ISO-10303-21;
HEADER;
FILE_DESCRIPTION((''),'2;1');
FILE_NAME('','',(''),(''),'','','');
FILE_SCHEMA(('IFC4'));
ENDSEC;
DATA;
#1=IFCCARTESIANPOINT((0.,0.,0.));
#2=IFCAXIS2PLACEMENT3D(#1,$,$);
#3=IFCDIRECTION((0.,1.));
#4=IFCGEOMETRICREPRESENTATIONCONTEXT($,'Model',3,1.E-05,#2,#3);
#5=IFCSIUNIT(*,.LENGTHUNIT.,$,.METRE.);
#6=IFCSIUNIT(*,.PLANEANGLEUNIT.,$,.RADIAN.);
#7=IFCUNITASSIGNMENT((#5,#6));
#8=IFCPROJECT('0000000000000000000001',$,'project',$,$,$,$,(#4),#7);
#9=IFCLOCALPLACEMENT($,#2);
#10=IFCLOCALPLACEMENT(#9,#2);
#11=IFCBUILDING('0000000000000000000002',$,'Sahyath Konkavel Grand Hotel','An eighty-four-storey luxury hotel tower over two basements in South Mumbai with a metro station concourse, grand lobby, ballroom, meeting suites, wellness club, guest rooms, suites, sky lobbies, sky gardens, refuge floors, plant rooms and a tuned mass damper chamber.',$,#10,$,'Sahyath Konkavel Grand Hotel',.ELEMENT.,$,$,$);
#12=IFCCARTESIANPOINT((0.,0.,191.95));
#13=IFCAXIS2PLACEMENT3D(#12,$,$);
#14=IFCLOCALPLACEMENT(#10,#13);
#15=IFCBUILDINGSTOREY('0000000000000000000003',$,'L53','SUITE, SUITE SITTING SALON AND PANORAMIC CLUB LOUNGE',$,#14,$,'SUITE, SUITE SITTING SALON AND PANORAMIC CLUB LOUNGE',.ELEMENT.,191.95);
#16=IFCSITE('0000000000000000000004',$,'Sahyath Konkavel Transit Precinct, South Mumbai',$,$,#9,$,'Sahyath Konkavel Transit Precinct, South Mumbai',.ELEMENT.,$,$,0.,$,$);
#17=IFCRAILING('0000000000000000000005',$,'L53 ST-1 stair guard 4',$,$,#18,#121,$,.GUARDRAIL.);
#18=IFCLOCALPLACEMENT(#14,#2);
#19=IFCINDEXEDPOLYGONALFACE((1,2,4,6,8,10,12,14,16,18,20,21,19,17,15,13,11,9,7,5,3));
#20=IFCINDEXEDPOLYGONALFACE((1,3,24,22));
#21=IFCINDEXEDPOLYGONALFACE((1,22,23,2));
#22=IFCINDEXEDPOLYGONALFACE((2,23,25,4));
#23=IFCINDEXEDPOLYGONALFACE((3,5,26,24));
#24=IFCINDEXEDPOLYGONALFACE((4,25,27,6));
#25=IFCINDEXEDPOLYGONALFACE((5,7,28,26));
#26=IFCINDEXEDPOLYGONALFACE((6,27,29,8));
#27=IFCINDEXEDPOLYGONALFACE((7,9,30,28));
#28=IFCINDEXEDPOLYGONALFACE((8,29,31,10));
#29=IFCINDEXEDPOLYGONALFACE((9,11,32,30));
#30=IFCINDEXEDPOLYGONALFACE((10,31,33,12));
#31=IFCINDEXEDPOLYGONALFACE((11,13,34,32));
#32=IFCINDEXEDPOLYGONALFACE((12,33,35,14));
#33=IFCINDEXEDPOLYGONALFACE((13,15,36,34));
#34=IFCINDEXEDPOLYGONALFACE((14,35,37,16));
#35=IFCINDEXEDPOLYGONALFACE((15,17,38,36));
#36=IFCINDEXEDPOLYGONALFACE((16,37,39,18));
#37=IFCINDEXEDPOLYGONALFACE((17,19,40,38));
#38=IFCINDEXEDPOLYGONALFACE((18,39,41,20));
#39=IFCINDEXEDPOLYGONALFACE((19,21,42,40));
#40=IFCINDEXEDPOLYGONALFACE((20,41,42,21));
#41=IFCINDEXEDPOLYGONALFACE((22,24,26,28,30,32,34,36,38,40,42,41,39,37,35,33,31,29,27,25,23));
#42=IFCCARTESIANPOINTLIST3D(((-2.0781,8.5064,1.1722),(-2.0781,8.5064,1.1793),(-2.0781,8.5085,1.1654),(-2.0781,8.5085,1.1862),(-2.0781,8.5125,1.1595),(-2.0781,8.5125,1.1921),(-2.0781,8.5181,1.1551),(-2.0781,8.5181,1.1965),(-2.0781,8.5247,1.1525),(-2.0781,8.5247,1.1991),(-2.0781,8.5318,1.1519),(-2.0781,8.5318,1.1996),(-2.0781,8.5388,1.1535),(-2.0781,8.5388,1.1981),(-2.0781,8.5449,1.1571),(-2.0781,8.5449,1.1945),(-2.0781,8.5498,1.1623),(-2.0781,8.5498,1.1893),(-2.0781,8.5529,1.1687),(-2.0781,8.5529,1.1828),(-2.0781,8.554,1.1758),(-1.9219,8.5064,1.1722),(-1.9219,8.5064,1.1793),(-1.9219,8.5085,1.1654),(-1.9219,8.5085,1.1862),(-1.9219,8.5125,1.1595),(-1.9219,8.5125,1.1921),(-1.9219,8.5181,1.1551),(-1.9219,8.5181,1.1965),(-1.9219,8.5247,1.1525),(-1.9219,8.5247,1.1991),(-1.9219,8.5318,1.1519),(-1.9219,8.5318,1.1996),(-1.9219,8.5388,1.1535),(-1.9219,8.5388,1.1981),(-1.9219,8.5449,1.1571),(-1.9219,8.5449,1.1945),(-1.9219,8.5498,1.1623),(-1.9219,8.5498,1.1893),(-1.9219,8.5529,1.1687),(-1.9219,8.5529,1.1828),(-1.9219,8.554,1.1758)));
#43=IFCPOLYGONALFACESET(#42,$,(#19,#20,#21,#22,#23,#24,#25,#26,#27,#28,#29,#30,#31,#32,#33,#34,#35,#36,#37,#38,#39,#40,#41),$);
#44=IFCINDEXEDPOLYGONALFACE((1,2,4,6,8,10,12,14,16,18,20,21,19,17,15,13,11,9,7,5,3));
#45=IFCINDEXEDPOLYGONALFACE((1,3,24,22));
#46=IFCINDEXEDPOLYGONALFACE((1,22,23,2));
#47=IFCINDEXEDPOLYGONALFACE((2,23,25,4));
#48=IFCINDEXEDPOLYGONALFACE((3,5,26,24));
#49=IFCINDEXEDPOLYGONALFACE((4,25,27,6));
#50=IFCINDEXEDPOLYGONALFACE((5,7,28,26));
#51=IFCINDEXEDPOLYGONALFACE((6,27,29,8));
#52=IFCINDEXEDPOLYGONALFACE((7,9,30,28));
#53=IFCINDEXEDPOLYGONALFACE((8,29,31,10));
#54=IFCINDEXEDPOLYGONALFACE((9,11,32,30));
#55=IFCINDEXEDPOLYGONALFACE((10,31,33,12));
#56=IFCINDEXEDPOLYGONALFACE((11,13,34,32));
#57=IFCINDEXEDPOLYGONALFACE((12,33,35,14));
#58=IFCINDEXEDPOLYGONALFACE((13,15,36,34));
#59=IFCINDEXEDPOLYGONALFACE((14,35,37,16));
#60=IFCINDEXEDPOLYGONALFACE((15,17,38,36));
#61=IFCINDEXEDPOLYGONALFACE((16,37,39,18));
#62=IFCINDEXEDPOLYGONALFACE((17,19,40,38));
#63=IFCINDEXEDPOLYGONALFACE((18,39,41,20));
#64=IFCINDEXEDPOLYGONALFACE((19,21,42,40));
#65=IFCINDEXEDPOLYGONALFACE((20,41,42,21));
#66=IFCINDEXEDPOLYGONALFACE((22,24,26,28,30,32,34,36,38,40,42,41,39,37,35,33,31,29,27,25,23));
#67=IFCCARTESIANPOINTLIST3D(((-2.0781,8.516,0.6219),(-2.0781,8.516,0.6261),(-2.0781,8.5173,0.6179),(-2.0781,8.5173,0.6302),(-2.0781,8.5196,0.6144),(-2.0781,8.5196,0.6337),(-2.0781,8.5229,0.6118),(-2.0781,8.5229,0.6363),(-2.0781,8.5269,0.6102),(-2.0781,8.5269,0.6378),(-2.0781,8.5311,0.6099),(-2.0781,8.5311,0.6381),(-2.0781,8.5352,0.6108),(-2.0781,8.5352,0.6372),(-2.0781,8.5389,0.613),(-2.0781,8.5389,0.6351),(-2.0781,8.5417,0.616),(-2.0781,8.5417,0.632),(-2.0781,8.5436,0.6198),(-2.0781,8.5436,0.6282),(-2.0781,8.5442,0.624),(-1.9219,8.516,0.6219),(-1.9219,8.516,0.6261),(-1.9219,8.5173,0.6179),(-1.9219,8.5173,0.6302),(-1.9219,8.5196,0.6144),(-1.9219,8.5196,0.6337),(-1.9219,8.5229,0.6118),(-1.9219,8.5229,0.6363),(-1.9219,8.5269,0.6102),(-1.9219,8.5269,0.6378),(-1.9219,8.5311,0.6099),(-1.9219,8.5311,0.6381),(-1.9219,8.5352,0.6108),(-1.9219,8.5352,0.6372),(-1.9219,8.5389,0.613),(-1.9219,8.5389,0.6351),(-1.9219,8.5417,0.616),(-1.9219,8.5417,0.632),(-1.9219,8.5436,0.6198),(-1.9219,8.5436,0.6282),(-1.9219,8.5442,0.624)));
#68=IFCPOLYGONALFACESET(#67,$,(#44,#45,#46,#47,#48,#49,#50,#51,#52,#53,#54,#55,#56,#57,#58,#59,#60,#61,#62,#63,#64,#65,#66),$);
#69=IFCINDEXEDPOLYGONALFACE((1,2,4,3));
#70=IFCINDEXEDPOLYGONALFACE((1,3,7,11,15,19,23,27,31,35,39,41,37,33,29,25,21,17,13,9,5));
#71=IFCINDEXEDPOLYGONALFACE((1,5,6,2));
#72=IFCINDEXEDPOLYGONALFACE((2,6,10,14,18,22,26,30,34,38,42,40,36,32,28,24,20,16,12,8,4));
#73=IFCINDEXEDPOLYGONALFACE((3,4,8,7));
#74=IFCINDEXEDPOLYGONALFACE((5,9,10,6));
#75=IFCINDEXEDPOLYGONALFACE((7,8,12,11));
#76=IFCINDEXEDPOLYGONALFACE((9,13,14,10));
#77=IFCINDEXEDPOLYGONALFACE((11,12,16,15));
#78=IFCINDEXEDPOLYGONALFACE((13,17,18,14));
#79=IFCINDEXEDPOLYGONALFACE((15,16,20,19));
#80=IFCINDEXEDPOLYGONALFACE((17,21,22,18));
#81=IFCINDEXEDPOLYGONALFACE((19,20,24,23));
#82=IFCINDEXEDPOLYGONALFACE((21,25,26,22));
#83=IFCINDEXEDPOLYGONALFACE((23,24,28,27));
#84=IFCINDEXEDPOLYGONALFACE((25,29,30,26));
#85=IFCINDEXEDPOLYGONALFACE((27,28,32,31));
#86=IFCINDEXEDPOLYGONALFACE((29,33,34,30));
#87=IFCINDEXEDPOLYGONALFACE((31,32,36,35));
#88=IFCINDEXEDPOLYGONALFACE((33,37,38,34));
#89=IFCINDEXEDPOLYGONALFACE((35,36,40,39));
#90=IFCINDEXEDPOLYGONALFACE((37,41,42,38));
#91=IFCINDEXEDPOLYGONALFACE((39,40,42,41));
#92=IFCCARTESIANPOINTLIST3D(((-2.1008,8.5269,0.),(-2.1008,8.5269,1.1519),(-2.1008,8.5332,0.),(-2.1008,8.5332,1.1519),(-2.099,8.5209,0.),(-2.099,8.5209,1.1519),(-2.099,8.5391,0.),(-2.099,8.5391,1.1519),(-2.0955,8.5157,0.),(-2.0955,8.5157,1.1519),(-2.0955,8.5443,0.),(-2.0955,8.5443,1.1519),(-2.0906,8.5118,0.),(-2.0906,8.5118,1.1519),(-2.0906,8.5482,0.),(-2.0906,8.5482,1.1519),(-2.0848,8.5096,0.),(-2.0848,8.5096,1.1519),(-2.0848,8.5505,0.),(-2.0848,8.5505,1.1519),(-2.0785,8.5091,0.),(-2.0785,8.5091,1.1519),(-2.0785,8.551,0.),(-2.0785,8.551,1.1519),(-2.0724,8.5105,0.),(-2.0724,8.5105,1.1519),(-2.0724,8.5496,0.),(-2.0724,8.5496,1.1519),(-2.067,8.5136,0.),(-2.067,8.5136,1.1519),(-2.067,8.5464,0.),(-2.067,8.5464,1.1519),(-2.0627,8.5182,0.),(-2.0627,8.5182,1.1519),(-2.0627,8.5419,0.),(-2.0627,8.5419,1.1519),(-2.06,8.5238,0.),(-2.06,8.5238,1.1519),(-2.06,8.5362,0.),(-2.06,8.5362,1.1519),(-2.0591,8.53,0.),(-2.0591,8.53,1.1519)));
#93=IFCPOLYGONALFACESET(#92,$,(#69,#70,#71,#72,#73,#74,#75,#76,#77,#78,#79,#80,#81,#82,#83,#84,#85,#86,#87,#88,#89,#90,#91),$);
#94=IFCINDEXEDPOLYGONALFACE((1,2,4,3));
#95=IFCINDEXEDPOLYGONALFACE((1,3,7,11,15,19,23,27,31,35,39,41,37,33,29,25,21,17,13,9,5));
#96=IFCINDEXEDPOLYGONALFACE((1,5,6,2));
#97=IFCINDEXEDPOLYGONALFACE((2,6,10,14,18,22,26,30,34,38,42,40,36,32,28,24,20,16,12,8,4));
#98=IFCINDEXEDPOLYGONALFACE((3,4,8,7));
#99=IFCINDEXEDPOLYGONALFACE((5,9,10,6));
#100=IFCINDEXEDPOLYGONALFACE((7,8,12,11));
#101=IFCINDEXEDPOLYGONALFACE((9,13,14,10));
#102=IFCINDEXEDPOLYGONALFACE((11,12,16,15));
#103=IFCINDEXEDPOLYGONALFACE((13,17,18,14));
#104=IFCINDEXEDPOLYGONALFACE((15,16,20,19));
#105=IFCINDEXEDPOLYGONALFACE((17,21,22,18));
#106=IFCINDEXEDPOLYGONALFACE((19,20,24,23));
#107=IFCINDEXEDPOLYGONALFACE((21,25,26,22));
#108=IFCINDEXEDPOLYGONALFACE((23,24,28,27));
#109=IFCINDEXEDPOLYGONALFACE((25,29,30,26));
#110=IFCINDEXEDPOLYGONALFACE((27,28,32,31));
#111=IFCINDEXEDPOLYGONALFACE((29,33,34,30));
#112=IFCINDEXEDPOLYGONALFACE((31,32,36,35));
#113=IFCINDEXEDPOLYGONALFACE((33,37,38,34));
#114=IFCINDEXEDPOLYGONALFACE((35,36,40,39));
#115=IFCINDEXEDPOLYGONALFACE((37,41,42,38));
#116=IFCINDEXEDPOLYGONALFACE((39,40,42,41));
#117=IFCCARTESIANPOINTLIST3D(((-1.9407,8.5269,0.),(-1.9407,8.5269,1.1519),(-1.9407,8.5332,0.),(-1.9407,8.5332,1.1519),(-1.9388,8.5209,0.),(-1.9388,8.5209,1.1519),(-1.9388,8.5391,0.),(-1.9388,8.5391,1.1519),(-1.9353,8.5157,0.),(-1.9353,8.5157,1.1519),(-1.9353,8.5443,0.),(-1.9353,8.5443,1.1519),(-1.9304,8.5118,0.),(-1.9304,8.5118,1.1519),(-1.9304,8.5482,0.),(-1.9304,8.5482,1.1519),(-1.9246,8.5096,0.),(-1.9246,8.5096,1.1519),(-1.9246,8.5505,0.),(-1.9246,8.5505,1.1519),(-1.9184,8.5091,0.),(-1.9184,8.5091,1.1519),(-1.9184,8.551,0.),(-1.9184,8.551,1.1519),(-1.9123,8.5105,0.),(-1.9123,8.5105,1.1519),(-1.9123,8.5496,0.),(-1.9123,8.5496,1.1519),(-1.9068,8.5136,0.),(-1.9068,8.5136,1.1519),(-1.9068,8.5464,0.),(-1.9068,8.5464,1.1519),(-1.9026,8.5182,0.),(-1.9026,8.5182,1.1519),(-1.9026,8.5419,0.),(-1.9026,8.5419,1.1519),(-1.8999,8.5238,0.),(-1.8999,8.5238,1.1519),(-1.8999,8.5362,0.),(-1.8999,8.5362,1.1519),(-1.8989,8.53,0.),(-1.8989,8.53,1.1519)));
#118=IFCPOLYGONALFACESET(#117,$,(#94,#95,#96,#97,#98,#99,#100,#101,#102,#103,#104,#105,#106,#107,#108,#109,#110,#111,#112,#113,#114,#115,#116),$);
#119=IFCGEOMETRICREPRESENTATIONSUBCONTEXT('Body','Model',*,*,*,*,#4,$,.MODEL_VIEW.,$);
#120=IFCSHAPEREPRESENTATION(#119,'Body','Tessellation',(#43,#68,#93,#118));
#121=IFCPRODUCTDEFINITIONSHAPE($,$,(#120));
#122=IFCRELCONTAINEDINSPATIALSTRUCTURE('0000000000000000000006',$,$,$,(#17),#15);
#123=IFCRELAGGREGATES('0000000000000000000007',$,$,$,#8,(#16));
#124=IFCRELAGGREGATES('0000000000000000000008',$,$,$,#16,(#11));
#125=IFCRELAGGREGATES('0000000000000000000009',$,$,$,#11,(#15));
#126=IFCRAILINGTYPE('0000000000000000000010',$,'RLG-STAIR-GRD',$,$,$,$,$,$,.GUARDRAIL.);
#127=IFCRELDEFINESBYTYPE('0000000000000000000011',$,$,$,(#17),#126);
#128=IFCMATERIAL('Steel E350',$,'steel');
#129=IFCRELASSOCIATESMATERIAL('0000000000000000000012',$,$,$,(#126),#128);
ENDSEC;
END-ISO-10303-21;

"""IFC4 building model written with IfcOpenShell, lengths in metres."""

from ifc_helpers import new_model, si_unit, direction, frame, origin, origin_2d, place, context, subcontext, project, spatial, circle, extrude, material, type_object, element, save


model = new_model("IFC4")

# Units and contexts
model_context = context("Model", 3, precision=1e-05, world=origin(), true_north=direction((0.0, 1.0)))
body_context = subcontext(model_context, "Body", "Model", "MODEL_VIEW")
ifc_project = project(units=[si_unit("LENGTHUNIT", "METRE"), si_unit("PLANEANGLEUNIT", "RADIAN")], contexts=[model_context])

# Site, building, storey
site_placement = place(None, origin())
site = spatial("IfcSite", under=ifc_project, at=site_placement, Name="Sahyath Konkavel Transit Precinct, South Mumbai", LongName="Sahyath Konkavel Transit Precinct, South Mumbai", CompositionType="ELEMENT", RefElevation=0.0)
building_placement = place(site_placement, origin())
building = spatial("IfcBuilding", under=site, at=building_placement, Name="Sahyath Konkavel Grand Hotel", Description="An eighty-four-storey luxury hotel tower over two basements in South Mumbai with a metro station concourse, grand lobby, ballroom, meeting suites, wellness club, guest rooms, suites, sky lobbies, sky gardens, refuge floors, plant rooms and a tuned mass damper chamber.", LongName="Sahyath Konkavel Grand Hotel", CompositionType="ELEMENT")
storey_placement = place(building_placement, frame((0.0, 0.0, 191.95)))
storey = spatial("IfcBuildingStorey", under=building, at=storey_placement, Name="L53", Description="SUITE, SUITE SITTING SALON AND PANORAMIC CLUB LOUNGE", LongName="SUITE, SUITE SITTING SALON AND PANORAMIC CLUB LOUNGE", CompositionType="ELEMENT", Elevation=191.95)

# Shared definitions
ifc_material_1 = material(Name="Steel E350", Category="steel")

# Railing
railing_type_1 = type_object("IfcRailingType", Name="RLG-STAIR-GRD", PredefinedType="GUARDRAIL", material=ifc_material_1)
railing_1_placement = place(storey_placement, frame((-2.0801, 8.53, 0.0)))
element("IfcRailing", 1, at=railing_1_placement, inside=storey, type_object=railing_type_1, Name="L53 ST-1 stair guard 4", PredefinedType="GUARDRAIL", context=body_context, shape_type="SweptSolid", body=[
    extrude(circle(Radius=0.0239, at=origin_2d()), frame((0.002, 0.0, 1.1758), z_axis=(1.0, 0.0, 0.0), x_axis=(0.0, 1.0, 0.0)), (0.0, 0.0, 1.0), 0.1562),
    extrude(circle(Radius=0.0142, at=origin_2d()), frame((0.002, 0.0, 0.624), z_axis=(1.0, 0.0, 0.0), x_axis=(0.0, 1.0, 0.0)), (0.0, 0.0, 1.0), 0.1562),
    extrude(circle(Radius=0.021, at=origin_2d()), origin(), (0.0, 0.0, 1.0), 1.1519),
    extrude(circle(Radius=0.021, at=origin_2d()), frame((0.1602, 0.0, 0.0)), (0.0, 0.0, 1.0), 1.1519),
])

save(model, "model.ifc")
